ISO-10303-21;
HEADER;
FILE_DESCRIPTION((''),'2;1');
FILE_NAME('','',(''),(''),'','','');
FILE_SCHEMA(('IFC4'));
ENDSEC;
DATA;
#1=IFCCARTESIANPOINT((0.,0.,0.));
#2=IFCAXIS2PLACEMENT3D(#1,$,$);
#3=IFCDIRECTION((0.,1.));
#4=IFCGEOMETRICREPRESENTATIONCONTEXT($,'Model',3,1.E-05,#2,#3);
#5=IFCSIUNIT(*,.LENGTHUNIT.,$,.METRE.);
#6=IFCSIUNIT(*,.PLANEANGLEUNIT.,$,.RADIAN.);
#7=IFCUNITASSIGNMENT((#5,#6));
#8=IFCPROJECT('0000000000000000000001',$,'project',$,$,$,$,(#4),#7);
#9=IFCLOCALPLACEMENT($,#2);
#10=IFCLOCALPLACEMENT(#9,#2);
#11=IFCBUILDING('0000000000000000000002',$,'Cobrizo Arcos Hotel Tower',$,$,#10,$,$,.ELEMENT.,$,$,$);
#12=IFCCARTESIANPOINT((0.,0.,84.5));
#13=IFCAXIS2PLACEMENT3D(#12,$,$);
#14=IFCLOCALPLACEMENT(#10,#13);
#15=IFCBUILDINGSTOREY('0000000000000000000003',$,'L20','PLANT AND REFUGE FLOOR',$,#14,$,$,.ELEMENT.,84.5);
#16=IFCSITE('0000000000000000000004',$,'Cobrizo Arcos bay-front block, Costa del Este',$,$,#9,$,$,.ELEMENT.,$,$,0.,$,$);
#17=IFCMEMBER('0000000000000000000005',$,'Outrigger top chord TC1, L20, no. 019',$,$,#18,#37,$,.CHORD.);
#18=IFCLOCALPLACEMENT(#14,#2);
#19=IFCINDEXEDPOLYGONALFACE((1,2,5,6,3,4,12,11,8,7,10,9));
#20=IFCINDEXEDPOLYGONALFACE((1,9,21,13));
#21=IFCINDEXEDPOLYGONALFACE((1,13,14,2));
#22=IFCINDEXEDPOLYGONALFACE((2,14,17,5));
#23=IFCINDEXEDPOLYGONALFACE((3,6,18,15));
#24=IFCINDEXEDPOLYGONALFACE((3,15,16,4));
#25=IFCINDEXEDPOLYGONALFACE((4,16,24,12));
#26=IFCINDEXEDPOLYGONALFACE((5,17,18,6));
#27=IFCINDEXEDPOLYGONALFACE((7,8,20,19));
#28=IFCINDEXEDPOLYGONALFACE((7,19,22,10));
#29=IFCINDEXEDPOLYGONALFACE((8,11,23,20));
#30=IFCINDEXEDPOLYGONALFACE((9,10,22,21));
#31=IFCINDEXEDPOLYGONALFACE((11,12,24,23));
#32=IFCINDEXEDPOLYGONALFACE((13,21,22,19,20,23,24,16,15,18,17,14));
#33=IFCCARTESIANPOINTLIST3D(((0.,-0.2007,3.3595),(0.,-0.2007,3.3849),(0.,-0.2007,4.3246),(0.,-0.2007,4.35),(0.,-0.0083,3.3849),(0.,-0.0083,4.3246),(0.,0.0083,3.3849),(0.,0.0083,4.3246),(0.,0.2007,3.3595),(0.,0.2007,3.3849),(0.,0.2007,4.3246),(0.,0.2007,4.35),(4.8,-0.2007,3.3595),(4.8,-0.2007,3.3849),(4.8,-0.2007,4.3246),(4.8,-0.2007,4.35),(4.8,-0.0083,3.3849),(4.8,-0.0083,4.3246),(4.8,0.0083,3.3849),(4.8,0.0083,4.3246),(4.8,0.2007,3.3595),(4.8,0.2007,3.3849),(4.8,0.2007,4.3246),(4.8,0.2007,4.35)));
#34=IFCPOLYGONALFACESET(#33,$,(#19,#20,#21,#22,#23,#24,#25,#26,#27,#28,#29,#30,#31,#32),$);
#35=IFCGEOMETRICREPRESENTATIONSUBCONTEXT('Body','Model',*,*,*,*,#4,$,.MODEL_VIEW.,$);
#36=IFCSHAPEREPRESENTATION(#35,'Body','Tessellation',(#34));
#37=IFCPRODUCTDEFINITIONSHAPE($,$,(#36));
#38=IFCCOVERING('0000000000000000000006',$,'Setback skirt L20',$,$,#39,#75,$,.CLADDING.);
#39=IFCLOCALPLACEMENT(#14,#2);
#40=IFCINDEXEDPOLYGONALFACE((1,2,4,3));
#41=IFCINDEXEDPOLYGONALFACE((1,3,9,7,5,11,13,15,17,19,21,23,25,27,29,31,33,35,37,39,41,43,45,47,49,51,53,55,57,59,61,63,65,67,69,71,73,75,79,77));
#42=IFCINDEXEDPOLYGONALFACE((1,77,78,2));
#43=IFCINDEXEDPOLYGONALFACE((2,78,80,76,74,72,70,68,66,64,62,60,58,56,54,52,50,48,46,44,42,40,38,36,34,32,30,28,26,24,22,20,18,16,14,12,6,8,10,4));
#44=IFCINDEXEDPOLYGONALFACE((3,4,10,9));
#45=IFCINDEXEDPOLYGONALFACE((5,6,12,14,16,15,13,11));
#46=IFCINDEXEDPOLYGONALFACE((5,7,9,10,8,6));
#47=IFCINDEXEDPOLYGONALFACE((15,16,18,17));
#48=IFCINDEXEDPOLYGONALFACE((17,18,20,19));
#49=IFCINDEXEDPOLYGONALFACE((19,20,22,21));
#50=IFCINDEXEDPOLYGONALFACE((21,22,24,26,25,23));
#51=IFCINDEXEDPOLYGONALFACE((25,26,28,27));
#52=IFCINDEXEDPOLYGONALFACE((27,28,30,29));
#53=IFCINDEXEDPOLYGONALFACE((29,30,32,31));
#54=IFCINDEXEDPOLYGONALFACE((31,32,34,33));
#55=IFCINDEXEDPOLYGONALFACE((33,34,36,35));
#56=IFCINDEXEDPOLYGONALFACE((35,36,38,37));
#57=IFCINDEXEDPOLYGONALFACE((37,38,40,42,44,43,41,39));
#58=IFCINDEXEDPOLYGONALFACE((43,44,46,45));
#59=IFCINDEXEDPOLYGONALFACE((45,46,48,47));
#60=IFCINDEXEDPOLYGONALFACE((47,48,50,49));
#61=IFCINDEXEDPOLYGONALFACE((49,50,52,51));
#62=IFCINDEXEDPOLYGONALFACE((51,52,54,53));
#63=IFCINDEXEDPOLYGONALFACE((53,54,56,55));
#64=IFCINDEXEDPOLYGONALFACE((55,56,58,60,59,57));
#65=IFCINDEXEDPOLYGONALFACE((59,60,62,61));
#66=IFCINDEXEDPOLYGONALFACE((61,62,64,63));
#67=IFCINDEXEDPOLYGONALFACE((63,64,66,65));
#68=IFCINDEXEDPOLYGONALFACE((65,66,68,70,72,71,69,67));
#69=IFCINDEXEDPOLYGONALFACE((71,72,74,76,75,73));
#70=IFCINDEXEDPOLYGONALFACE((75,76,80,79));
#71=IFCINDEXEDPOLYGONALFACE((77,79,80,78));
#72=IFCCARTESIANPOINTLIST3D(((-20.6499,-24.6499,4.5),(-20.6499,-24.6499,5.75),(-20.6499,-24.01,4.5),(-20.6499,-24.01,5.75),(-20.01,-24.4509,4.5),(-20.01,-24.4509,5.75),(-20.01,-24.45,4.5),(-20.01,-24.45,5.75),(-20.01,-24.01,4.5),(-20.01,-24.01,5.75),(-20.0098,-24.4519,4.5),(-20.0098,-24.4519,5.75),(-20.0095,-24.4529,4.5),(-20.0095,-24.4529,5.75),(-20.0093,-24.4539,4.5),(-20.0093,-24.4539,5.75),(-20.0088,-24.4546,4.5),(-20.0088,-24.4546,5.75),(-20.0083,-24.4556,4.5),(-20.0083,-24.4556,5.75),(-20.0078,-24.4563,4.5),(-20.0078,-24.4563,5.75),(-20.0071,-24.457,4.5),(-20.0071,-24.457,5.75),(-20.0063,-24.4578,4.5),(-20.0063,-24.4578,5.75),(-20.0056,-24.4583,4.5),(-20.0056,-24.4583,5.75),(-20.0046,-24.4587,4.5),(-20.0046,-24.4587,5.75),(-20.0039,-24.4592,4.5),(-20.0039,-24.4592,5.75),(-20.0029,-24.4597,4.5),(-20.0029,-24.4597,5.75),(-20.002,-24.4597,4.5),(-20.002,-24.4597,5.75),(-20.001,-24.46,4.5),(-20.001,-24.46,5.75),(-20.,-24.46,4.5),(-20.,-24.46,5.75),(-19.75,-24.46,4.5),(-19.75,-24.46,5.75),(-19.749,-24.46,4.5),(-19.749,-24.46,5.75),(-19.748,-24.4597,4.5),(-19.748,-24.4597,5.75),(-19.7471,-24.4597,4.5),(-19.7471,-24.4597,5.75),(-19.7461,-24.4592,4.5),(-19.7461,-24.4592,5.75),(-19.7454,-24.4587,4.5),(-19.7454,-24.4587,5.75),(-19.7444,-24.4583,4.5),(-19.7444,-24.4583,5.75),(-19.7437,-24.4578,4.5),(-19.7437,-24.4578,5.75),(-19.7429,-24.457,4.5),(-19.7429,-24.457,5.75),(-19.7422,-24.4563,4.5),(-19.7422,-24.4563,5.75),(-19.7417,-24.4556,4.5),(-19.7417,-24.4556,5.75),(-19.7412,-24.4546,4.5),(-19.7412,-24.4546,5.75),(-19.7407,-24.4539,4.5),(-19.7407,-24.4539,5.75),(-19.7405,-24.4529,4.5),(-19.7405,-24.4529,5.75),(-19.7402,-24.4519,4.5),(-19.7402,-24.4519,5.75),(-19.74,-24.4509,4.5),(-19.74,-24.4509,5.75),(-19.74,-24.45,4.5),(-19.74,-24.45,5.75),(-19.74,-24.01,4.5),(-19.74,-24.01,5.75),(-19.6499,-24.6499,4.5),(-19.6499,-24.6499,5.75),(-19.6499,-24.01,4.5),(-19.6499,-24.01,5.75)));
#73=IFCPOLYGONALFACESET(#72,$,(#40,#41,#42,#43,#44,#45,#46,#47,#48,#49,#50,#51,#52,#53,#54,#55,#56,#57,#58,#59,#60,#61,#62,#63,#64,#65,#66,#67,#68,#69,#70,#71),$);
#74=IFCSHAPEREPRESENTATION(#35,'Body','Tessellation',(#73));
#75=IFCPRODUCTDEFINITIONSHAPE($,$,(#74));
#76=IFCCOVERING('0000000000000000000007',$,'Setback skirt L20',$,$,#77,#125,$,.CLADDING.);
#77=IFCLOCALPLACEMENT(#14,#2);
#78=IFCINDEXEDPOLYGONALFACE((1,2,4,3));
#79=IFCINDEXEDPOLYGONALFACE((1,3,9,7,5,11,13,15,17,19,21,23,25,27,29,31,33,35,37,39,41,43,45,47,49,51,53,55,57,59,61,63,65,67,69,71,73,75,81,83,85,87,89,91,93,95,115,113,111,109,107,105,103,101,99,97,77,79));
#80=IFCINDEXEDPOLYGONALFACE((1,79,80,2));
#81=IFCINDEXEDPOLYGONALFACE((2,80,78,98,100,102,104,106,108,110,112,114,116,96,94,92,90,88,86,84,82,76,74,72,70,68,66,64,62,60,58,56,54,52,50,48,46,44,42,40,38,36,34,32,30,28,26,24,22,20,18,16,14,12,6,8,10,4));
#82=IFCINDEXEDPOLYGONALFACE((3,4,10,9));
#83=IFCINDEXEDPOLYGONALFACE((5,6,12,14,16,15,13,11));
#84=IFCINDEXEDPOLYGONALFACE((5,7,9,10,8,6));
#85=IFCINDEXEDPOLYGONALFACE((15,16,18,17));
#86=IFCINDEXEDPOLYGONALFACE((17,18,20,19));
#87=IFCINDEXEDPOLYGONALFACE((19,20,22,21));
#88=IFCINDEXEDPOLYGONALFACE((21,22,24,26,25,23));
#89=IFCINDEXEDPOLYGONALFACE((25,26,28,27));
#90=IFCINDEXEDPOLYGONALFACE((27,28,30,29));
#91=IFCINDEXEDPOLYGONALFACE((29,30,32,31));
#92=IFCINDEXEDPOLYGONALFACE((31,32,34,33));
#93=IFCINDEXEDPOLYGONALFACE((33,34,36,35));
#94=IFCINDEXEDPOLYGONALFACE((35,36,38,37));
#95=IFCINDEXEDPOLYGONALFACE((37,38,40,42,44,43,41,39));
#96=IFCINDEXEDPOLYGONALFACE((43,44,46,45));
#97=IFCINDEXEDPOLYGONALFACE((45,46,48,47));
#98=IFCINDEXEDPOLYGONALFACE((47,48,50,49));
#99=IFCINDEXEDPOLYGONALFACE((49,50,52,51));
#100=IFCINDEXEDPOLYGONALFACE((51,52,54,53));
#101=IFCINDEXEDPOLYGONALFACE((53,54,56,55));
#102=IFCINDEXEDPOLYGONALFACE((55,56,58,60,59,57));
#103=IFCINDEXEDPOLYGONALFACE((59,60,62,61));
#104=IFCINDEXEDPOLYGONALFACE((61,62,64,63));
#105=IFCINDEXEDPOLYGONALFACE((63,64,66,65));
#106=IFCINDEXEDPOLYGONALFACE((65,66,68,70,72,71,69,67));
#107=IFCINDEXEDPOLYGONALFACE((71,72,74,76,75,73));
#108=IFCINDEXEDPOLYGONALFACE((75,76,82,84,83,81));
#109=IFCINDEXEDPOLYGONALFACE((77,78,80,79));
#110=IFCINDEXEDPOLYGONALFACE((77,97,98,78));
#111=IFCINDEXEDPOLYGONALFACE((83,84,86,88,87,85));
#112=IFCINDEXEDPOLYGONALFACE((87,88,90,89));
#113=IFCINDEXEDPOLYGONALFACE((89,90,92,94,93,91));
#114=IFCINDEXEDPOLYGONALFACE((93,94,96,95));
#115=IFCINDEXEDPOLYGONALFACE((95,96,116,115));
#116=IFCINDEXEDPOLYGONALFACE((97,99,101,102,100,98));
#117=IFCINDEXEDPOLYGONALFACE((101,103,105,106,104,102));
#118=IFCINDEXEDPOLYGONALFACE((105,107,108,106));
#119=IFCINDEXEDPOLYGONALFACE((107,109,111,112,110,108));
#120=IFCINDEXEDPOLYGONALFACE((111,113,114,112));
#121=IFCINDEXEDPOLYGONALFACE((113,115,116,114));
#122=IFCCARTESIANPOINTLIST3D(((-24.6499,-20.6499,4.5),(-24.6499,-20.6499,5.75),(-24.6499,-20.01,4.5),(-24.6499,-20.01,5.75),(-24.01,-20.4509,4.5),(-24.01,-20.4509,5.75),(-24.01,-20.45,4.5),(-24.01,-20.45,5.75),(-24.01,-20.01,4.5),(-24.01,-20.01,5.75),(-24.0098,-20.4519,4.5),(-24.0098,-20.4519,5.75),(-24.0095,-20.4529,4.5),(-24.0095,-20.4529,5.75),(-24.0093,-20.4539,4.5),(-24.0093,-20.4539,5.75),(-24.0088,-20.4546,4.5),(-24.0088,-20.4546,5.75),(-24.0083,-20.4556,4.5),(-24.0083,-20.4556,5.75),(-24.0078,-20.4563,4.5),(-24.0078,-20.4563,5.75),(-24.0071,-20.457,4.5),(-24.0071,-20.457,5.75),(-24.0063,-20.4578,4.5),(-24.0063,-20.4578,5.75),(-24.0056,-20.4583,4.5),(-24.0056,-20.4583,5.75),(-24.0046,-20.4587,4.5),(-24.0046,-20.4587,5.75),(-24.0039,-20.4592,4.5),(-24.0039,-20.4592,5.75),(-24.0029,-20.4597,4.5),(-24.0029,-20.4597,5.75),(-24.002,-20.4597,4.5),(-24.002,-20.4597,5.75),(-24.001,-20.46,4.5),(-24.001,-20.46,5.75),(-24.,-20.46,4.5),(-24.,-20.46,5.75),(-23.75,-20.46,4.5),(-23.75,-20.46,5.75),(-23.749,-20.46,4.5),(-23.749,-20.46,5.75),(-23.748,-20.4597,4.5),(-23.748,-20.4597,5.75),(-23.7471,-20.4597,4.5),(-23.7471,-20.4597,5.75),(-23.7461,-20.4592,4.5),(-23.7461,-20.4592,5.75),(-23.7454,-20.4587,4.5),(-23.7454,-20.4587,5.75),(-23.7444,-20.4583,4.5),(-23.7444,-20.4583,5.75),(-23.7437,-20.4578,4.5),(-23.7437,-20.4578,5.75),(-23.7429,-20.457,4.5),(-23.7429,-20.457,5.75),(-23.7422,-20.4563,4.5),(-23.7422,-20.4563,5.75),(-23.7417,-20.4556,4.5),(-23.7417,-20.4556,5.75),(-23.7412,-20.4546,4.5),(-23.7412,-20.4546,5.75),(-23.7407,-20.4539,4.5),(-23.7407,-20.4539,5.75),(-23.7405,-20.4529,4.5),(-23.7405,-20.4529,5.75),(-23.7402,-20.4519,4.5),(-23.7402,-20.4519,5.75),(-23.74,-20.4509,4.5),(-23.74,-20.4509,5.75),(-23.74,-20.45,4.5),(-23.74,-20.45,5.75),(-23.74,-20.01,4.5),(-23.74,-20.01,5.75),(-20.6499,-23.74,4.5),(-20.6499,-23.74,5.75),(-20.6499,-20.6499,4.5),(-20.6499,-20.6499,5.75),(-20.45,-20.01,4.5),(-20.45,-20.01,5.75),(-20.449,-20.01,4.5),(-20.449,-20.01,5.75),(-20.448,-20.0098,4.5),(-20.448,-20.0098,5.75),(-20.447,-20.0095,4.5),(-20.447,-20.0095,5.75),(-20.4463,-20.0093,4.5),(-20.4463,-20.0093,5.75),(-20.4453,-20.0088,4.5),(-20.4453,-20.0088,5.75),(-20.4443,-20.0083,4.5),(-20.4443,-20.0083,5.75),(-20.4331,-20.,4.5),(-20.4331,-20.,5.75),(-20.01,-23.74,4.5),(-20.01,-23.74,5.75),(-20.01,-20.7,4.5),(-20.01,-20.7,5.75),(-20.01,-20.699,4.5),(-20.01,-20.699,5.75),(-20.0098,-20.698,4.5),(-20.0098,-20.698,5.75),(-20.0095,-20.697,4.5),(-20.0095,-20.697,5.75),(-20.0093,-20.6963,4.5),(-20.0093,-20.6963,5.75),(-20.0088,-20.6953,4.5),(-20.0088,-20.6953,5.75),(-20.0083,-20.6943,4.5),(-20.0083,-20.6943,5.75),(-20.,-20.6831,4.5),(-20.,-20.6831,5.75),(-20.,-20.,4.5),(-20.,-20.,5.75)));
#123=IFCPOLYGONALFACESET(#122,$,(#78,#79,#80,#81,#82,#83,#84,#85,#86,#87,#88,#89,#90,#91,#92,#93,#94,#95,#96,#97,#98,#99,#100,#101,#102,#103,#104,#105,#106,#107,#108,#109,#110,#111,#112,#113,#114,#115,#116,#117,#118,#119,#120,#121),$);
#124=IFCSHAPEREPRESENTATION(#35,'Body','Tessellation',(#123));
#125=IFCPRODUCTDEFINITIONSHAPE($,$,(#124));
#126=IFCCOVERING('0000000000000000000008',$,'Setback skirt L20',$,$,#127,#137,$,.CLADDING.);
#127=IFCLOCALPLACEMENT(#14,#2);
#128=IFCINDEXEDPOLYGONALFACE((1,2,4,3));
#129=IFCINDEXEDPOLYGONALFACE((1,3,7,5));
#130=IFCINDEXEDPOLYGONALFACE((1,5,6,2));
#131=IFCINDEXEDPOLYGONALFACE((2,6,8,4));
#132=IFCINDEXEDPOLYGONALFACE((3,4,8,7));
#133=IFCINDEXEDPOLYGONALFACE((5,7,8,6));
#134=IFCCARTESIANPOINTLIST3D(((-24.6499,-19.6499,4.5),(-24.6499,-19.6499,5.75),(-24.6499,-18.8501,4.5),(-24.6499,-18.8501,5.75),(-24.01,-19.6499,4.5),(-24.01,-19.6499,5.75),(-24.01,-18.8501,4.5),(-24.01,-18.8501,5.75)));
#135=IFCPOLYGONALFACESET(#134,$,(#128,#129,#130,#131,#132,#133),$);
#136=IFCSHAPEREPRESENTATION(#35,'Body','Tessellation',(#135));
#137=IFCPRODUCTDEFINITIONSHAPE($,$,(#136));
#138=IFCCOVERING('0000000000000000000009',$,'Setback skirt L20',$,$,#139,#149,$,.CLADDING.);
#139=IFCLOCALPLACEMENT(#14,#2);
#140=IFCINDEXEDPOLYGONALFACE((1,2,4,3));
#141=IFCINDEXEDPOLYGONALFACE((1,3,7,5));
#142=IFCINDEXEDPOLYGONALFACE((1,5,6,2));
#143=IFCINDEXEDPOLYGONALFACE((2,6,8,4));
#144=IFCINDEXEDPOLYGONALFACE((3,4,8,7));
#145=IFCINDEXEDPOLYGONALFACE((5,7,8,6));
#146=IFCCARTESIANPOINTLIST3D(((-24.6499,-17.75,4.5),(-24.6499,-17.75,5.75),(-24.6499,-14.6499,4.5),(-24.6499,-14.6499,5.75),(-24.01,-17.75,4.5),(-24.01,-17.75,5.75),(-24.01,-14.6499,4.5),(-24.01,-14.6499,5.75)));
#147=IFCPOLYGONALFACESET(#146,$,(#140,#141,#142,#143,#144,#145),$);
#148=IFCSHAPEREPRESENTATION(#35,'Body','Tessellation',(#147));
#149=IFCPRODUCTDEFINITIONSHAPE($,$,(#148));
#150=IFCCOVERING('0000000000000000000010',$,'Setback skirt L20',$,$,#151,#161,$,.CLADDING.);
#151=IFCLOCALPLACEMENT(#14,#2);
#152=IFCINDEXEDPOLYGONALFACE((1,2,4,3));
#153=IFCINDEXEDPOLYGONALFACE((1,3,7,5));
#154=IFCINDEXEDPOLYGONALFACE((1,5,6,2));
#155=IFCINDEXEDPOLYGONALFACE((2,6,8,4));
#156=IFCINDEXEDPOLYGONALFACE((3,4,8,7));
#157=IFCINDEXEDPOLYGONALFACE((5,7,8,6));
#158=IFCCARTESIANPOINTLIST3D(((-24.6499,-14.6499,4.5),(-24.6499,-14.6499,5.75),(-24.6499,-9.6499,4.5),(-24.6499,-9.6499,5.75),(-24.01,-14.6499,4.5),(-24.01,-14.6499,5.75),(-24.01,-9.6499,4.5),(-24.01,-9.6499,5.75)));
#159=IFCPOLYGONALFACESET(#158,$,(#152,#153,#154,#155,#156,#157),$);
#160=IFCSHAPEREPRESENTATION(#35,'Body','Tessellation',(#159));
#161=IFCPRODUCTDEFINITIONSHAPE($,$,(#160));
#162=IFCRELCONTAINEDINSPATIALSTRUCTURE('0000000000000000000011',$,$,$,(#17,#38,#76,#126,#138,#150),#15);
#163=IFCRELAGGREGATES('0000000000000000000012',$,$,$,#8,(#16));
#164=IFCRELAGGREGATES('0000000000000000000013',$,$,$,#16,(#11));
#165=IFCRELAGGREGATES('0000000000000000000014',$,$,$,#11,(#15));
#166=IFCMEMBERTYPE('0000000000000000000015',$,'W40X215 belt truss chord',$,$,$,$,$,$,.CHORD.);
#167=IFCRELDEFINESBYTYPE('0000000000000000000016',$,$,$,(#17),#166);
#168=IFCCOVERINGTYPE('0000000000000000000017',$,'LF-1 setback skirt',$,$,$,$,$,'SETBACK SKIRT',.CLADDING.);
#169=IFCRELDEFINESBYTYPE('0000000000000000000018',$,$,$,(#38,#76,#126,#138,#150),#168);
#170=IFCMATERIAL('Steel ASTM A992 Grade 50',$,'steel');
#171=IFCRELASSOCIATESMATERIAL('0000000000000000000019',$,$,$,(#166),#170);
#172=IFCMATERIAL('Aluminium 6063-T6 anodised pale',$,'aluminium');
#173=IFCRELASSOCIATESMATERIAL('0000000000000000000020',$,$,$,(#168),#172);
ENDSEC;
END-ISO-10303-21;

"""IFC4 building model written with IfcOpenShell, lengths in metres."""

from ifc_helpers import new_model, si_unit, direction, frame, origin, origin_2d, place, context, subcontext, project, spatial, polyline, i_section, outline, extrude, material, material_profile, profile_set, type_object, element, save


model = new_model("IFC4")

# Units and contexts
model_context = context("Model", 3, precision=1e-05, world=origin(), true_north=direction((0.0, 1.0)))
body_context = subcontext(model_context, "Body", "Model", "MODEL_VIEW")
ifc_project = project(units=[si_unit("LENGTHUNIT", "METRE"), si_unit("PLANEANGLEUNIT", "RADIAN")], contexts=[model_context])

# Site, building, storey
site_placement = place(None, origin())
site = spatial("IfcSite", under=ifc_project, at=site_placement, Name="Cobrizo Arcos bay-front block, Costa del Este", CompositionType="ELEMENT", RefElevation=0.0)
building_placement = place(site_placement, origin())
building = spatial("IfcBuilding", under=site, at=building_placement, Name="Cobrizo Arcos Hotel Tower", CompositionType="ELEMENT")
storey_placement = place(building_placement, frame((0.0, 0.0, 84.5)))
storey = spatial("IfcBuildingStorey", under=building, at=storey_placement, Name="L20", Description="PLANT AND REFUGE FLOOR", CompositionType="ELEMENT", Elevation=84.5)

# Member
ifc_material_1 = material(Name="Steel ASTM A992 Grade 50", Category="steel")
ifc_material_profile = material_profile(ifc_material_1, i_section(OverallWidth=0.4014, OverallDepth=0.9905, WebThickness=0.0166, FlangeThickness=0.0254, at=origin_2d()), Name="W40X215")
ifc_profile_set = profile_set([ifc_material_profile], Name="Steel ASTM A992 Grade 50")
member_type = type_object("IfcMemberType", Name="W40X215 belt truss chord", PredefinedType="CHORD", material=ifc_profile_set)
member_placement = place(storey_placement, frame((0.0, 0.0, 3.8547), z_axis=(1.0, 0.0, 0.0), x_axis=(0.0, 1.0, 0.0)))
element("IfcMember", 1, at=member_placement, inside=storey, type_object=member_type, Name="Outrigger top chord TC1, L20, no. 019", PredefinedType="CHORD", context=body_context, shape_type="SweptSolid", body=[
    extrude(i_section(OverallWidth=0.4014, OverallDepth=0.9905, WebThickness=0.0166, FlangeThickness=0.0254, at=origin_2d()), origin(), (0.0, 0.0, 1.0), 4.8),
])

# Coverings
ifc_material_2 = material(Name="Aluminium 6063-T6 anodised pale", Category="aluminium")
covering_type = type_object("IfcCoveringType", Name="LF-1 setback skirt", ElementType="SETBACK SKIRT", PredefinedType="CLADDING", material=ifc_material_2)
covering_1_placement = place(storey_placement, frame((0.0, 0.0, 4.5)))
element("IfcCovering", 2, at=covering_1_placement, inside=storey, type_object=covering_type, Name="Setback skirt L20", PredefinedType="CLADDING", context=body_context, shape_type="SweptSolid", body=[
    extrude(outline(polyline([(-20.6499, -24.01), (-20.6499, -24.6499), (-19.6499, -24.6499), (-19.6499, -24.01), (-19.74, -24.01), (-19.74, -24.45), (-19.74, -24.4509), (-19.7402, -24.4519), (-19.7405, -24.4529), (-19.7407, -24.4539), (-19.7412, -24.4546), (-19.7417, -24.4556), (-19.7422, -24.4563), (-19.7429, -24.457), (-19.7437, -24.4578), (-19.7444, -24.4583), (-19.7454, -24.4587), (-19.7461, -24.4592), (-19.7471, -24.4597), (-19.748, -24.4597), (-19.749, -24.46), (-19.75, -24.46), (-20.0, -24.46), (-20.001, -24.46), (-20.002, -24.4597), (-20.0029, -24.4597), (-20.0039, -24.4592), (-20.0046, -24.4587), (-20.0056, -24.4583), (-20.0063, -24.4578), (-20.0071, -24.457), (-20.0078, -24.4563), (-20.0083, -24.4556), (-20.0088, -24.4546), (-20.0093, -24.4539), (-20.0095, -24.4529), (-20.0098, -24.4519), (-20.01, -24.4509), (-20.01, -24.45), (-20.01, -24.01), (-20.6499, -24.01)])), origin(), (0.0, 0.0, 1.0), 1.25),
])
covering_2_placement = place(storey_placement, frame((0.0, 0.0, 4.5)))
element("IfcCovering", 3, at=covering_2_placement, inside=storey, type_object=covering_type, Name="Setback skirt L20", PredefinedType="CLADDING", context=body_context, shape_type="SweptSolid", body=[
    extrude(outline(polyline([(-24.01, -20.01), (-24.6499, -20.01), (-24.6499, -20.6499), (-20.6499, -20.6499), (-20.6499, -23.74), (-20.01, -23.74), (-20.01, -20.7), (-20.01, -20.699), (-20.0098, -20.698), (-20.0095, -20.697), (-20.0093, -20.6963), (-20.0088, -20.6953), (-20.0083, -20.6943), (-20.0, -20.6831), (-20.0, -20.0), (-20.4331, -20.0), (-20.4443, -20.0083), (-20.4453, -20.0088), (-20.4463, -20.0093), (-20.447, -20.0095), (-20.448, -20.0098), (-20.449, -20.01), (-20.45, -20.01), (-23.74, -20.01), (-23.74, -20.45), (-23.74, -20.4509), (-23.7402, -20.4519), (-23.7405, -20.4529), (-23.7407, -20.4539), (-23.7412, -20.4546), (-23.7417, -20.4556), (-23.7422, -20.4563), (-23.7429, -20.457), (-23.7437, -20.4578), (-23.7444, -20.4583), (-23.7454, -20.4587), (-23.7461, -20.4592), (-23.7471, -20.4597), (-23.748, -20.4597), (-23.749, -20.46), (-23.75, -20.46), (-24.0, -20.46), (-24.001, -20.46), (-24.002, -20.4597), (-24.0029, -20.4597), (-24.0039, -20.4592), (-24.0046, -20.4587), (-24.0056, -20.4583), (-24.0063, -20.4578), (-24.0071, -20.457), (-24.0078, -20.4563), (-24.0083, -20.4556), (-24.0088, -20.4546), (-24.0093, -20.4539), (-24.0095, -20.4529), (-24.0098, -20.4519), (-24.01, -20.4509), (-24.01, -20.45), (-24.01, -20.01)])), origin(), (0.0, 0.0, 1.0), 1.25),
])
covering_3_placement = place(storey_placement, frame((0.0, 0.0, 4.5)))
element("IfcCovering", 4, at=covering_3_placement, inside=storey, type_object=covering_type, Name="Setback skirt L20", PredefinedType="CLADDING", context=body_context, shape_type="SweptSolid", body=[
    extrude(outline(polyline([(-24.6499, -18.8501), (-24.6499, -19.6499), (-24.01, -19.6499), (-24.01, -18.8501), (-24.6499, -18.8501)])), origin(), (0.0, 0.0, 1.0), 1.25),
])
covering_4_placement = place(storey_placement, frame((0.0, 0.0, 4.5)))
element("IfcCovering", 5, at=covering_4_placement, inside=storey, type_object=covering_type, Name="Setback skirt L20", PredefinedType="CLADDING", context=body_context, shape_type="SweptSolid", body=[
    extrude(outline(polyline([(-24.6499, -17.75), (-24.01, -17.75), (-24.01, -14.6499), (-24.6499, -14.6499), (-24.6499, -17.75)])), origin(), (0.0, 0.0, 1.0), 1.25),
])
covering_5_placement = place(storey_placement, frame((0.0, 0.0, 4.5)))
element("IfcCovering", 6, at=covering_5_placement, inside=storey, type_object=covering_type, Name="Setback skirt L20", PredefinedType="CLADDING", context=body_context, shape_type="SweptSolid", body=[
    extrude(outline(polyline([(-24.6499, -9.6499), (-24.6499, -14.6499), (-24.01, -14.6499), (-24.01, -9.6499), (-24.6499, -9.6499)])), origin(), (0.0, 0.0, 1.0), 1.25),
])

save(model, "model.ifc")
